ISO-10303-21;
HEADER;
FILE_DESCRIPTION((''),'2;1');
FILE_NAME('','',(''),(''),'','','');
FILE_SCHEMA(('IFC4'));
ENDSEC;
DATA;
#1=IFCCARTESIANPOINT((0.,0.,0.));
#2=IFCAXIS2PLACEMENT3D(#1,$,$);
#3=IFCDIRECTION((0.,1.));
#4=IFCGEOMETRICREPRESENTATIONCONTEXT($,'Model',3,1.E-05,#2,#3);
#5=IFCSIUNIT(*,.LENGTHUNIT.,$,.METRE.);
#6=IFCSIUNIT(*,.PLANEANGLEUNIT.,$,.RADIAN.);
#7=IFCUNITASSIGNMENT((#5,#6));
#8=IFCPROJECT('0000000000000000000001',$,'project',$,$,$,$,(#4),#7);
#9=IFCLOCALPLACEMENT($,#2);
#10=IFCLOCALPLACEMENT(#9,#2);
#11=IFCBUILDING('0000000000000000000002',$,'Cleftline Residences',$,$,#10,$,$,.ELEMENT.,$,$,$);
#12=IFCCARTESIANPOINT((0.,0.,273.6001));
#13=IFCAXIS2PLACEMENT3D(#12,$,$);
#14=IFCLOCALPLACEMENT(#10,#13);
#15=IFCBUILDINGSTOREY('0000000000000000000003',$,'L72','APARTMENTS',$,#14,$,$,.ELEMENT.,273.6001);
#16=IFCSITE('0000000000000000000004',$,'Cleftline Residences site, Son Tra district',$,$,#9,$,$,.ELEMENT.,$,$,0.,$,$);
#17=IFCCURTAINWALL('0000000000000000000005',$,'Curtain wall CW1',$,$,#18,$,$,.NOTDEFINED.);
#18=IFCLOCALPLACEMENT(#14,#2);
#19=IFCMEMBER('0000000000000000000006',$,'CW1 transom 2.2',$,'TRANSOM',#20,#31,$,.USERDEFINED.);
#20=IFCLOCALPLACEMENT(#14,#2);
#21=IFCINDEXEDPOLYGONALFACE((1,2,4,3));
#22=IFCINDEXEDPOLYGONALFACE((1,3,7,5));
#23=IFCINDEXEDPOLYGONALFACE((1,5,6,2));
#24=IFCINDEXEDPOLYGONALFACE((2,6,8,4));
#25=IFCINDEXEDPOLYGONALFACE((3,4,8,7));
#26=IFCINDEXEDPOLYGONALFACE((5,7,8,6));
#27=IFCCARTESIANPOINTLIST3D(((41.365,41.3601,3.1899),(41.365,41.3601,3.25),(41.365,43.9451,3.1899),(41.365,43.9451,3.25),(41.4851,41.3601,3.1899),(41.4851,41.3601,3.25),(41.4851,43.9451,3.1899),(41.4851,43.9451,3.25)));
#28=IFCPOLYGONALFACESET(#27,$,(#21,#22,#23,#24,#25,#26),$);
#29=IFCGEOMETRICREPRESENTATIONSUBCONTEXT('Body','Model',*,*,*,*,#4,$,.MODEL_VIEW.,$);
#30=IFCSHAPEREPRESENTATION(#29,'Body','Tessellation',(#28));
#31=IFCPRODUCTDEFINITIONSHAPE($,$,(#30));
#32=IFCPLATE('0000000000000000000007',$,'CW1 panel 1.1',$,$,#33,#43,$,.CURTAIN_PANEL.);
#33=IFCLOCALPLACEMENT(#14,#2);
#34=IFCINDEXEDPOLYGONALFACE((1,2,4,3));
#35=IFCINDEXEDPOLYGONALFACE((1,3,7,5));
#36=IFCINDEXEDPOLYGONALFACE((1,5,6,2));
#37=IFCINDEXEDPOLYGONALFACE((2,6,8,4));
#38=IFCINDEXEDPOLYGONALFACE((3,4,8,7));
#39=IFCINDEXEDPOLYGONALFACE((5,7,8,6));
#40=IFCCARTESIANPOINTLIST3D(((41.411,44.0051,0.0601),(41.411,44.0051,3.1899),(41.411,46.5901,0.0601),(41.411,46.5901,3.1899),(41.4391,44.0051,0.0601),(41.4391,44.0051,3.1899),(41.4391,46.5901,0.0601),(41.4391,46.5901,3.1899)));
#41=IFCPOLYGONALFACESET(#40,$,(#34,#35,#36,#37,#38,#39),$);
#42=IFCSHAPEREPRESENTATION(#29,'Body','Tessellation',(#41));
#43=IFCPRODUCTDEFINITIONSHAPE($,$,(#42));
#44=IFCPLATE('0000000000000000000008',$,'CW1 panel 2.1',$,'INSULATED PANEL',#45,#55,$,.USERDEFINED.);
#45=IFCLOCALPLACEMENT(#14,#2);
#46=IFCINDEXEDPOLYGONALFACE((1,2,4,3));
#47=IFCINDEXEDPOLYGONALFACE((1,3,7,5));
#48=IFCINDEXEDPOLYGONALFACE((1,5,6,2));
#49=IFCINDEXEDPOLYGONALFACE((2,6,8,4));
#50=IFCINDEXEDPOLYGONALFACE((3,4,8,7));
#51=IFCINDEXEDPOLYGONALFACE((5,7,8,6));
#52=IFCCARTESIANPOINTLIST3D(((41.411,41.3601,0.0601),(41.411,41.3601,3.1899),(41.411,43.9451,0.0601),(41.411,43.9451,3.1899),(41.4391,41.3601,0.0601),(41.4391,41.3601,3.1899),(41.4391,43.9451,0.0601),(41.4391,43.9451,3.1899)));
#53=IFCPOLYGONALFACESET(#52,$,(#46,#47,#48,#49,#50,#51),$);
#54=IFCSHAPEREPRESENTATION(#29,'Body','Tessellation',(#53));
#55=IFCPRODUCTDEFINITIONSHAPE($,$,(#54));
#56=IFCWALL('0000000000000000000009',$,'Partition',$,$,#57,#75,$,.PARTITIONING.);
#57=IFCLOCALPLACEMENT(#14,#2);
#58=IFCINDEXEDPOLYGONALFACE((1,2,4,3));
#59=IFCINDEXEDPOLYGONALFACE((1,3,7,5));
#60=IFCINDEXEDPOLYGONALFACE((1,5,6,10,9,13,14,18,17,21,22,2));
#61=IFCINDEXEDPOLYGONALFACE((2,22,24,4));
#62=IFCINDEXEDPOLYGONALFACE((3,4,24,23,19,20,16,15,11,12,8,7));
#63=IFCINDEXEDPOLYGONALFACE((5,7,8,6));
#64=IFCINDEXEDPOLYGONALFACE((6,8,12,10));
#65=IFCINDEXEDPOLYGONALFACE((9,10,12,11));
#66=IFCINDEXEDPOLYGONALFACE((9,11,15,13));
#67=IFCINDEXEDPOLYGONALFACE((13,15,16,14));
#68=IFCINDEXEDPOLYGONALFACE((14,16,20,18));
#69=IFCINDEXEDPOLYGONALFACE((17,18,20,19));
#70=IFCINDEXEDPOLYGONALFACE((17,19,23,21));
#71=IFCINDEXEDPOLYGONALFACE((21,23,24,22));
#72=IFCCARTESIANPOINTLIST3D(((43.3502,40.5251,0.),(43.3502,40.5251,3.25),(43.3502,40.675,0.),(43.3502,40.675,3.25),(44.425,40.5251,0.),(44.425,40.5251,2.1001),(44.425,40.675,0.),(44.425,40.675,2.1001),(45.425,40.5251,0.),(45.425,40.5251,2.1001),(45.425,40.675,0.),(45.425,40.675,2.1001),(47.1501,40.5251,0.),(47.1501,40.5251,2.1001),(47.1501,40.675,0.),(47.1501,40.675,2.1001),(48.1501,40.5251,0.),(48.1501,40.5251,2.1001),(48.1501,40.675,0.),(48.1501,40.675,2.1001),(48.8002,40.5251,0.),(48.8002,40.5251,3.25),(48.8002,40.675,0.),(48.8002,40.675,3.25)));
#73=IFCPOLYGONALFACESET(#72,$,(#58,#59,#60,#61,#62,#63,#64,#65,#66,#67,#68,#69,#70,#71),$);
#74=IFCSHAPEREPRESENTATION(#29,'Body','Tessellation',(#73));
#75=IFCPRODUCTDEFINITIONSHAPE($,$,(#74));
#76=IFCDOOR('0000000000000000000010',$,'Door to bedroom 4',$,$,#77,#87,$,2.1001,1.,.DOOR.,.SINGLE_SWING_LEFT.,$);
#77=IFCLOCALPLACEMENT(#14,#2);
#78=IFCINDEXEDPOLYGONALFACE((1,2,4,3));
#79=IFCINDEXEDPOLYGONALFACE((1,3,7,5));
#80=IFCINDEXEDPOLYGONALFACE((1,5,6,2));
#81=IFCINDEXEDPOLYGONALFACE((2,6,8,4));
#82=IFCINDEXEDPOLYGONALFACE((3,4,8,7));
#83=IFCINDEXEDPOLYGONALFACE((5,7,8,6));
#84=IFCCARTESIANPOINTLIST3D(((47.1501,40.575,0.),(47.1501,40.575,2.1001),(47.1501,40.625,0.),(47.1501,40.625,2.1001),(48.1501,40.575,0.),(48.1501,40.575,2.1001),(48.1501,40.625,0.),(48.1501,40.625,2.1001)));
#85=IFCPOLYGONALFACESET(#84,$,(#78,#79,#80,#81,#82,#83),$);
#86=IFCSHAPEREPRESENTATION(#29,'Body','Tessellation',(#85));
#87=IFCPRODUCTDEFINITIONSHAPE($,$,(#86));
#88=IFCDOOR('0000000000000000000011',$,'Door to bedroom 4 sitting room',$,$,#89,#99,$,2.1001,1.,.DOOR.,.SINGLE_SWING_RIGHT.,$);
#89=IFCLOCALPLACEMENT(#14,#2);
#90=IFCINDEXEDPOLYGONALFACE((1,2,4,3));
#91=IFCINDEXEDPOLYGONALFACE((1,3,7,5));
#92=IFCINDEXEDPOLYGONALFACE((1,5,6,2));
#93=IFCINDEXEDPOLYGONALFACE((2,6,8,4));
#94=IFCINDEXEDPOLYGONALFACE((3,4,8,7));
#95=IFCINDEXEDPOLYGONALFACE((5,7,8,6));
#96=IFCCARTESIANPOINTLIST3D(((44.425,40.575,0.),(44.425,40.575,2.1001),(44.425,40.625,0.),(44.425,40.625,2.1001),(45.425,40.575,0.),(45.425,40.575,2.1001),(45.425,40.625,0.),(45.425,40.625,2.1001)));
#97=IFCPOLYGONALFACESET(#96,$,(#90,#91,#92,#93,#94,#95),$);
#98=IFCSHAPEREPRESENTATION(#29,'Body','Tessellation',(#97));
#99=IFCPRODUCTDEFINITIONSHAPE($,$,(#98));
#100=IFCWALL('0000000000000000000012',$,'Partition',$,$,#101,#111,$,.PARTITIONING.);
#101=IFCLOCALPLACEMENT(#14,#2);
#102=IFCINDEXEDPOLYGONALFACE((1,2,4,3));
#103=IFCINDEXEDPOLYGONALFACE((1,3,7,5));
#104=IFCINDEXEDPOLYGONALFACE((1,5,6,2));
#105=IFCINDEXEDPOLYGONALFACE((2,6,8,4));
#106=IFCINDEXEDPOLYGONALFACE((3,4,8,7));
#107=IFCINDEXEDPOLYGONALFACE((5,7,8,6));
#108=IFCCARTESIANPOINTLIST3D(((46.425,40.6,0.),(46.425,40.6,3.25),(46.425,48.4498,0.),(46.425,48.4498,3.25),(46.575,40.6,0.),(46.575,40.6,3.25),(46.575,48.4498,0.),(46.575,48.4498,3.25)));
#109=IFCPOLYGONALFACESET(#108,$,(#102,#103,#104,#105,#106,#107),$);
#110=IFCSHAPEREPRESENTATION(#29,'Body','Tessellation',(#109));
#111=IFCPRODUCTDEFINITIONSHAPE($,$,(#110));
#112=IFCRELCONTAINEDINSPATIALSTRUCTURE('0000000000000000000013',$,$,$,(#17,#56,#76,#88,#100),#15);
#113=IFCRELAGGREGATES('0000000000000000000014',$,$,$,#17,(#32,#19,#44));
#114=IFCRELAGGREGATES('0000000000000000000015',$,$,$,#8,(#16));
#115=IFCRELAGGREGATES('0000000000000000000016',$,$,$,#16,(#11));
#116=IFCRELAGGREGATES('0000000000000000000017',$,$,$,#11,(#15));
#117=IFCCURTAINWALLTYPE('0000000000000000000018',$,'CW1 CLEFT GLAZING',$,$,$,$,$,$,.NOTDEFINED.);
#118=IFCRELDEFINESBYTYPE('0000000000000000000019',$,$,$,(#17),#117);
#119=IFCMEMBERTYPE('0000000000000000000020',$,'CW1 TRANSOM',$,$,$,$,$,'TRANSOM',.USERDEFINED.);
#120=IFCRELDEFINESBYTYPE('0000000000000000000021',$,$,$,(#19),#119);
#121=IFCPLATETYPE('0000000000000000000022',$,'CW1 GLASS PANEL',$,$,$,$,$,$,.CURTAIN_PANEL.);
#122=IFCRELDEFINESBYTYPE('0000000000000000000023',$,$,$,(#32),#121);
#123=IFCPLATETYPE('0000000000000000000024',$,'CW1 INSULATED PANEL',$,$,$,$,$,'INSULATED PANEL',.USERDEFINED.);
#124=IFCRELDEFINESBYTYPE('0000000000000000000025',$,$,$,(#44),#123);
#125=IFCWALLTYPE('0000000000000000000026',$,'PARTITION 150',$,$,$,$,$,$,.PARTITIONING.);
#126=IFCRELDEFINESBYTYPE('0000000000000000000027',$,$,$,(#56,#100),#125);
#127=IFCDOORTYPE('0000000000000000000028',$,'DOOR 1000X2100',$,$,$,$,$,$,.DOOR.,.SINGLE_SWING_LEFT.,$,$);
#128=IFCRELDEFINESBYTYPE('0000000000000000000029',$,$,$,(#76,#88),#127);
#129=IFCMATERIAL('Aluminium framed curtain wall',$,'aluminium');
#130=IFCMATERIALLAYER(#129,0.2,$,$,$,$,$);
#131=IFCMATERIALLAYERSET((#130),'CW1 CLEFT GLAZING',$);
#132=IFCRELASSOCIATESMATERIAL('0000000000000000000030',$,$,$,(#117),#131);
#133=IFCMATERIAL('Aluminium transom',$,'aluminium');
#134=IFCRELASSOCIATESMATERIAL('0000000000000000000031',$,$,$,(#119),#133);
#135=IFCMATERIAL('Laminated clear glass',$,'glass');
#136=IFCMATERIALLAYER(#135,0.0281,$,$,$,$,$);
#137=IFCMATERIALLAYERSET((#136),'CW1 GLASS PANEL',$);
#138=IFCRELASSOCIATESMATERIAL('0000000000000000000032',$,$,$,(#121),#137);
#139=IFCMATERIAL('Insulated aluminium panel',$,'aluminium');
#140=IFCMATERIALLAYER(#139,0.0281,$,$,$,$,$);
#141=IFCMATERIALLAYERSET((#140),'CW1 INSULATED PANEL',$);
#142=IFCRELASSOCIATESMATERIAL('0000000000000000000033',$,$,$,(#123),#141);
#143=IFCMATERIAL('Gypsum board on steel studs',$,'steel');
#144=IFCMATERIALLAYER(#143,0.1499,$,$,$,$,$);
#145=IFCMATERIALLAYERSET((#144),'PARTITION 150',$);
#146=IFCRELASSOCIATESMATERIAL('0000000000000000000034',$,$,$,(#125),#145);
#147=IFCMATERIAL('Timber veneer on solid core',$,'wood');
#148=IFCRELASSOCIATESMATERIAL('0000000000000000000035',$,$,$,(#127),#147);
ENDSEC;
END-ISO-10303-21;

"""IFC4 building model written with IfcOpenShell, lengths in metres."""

from ifc_helpers import new_model, si_unit, direction, frame, frame_2d, origin, origin_2d, place, context, subcontext, project, spatial, rectangle, extrude, material, layer, layer_set, material_profile, profile_set, type_object, element, fill, aggregate, save


model = new_model("IFC4")

# Units and contexts
model_context = context("Model", 3, precision=1e-05, world=origin(), true_north=direction((0.0, 1.0)))
body_context = subcontext(model_context, "Body", "Model", "MODEL_VIEW")
ifc_project = project(units=[si_unit("LENGTHUNIT", "METRE"), si_unit("PLANEANGLEUNIT", "RADIAN")], contexts=[model_context])

# Site, building, storey
site_placement = place(None, origin())
site = spatial("IfcSite", under=ifc_project, at=site_placement, Name="Cleftline Residences site, Son Tra district", CompositionType="ELEMENT", RefElevation=0.0)
building_placement = place(site_placement, origin())
building = spatial("IfcBuilding", under=site, at=building_placement, Name="Cleftline Residences", CompositionType="ELEMENT")
storey_placement = place(building_placement, frame((0.0, 0.0, 273.6001)))
storey = spatial("IfcBuildingStorey", under=building, at=storey_placement, Name="L72", Description="APARTMENTS", CompositionType="ELEMENT", Elevation=273.6001)

# Curtain wall, member, plates
ifc_material_1 = material(Name="Aluminium framed curtain wall", Category="aluminium")
ifc_layer_1 = layer(ifc_material_1, 0.2)
ifc_layer_set_1 = layer_set([ifc_layer_1], Name="CW1 CLEFT GLAZING")
curtain_wall_type = type_object("IfcCurtainWallType", Name="CW1 CLEFT GLAZING", PredefinedType="NOTDEFINED", material=ifc_layer_set_1)
curtain_wall_placement = place(storey_placement, origin())
curtain_wall = element("IfcCurtainWall", 1, at=curtain_wall_placement, inside=storey, type_object=curtain_wall_type, Name="Curtain wall CW1", PredefinedType="NOTDEFINED")
ifc_material_2 = material(Name="Aluminium transom", Category="aluminium")
ifc_material_profile_1 = material_profile(ifc_material_2, rectangle(XDim=0.1201, YDim=0.0601, at=origin_2d()))
ifc_profile_set_1 = profile_set([ifc_material_profile_1], Name="Aluminium transom")
member_type_1 = type_object("IfcMemberType", Name="CW1 TRANSOM", ElementType="TRANSOM", PredefinedType="USERDEFINED", material=ifc_profile_set_1)
member_1_placement = place(storey_placement, frame((41.425, 43.9451, 3.22), z_axis=(0.0, -1.0, 0.0), x_axis=(1.0, 0.0, 0.0)))
member_1 = element("IfcMember", 2, at=member_1_placement, type_object=member_type_1, Name="CW1 transom 2.2", ObjectType="TRANSOM", PredefinedType="USERDEFINED", context=body_context, shape_type="SweptSolid", body=[
    extrude(rectangle(XDim=0.1201, YDim=0.0601, at=origin_2d()), origin(), (0.0, 0.0, 1.0), 2.585),
])
ifc_material_3 = material(Name="Laminated clear glass", Category="glass")
ifc_layer_2 = layer(ifc_material_3, 0.0281)
ifc_layer_set_2 = layer_set([ifc_layer_2], Name="CW1 GLASS PANEL")
plate_type_1 = type_object("IfcPlateType", Name="CW1 GLASS PANEL", PredefinedType="CURTAIN_PANEL", material=ifc_layer_set_2)
plate_1_placement = place(storey_placement, frame((41.425, 45.2976, 0.0601), z_axis=(0.0, 0.0, 1.0), x_axis=(0.0, -1.0, 0.0)))
plate_1 = element("IfcPlate", 3, at=plate_1_placement, type_object=plate_type_1, Name="CW1 panel 1.1", PredefinedType="CURTAIN_PANEL", context=body_context, shape_type="SweptSolid", body=[
    extrude(rectangle(XDim=2.585, YDim=0.0281, at=origin_2d()), origin(), (0.0, 0.0, 1.0), 3.1299),
])
ifc_material_4 = material(Name="Insulated aluminium panel", Category="aluminium")
ifc_layer_3 = layer(ifc_material_4, 0.0281)
ifc_layer_set_3 = layer_set([ifc_layer_3], Name="CW1 INSULATED PANEL")
plate_type_2 = type_object("IfcPlateType", Name="CW1 INSULATED PANEL", ElementType="INSULATED PANEL", PredefinedType="USERDEFINED", material=ifc_layer_set_3)
plate_2_placement = place(storey_placement, frame((41.425, 42.6526, 0.0601), z_axis=(0.0, 0.0, 1.0), x_axis=(0.0, -1.0, 0.0)))
plate_2 = element("IfcPlate", 4, at=plate_2_placement, type_object=plate_type_2, Name="CW1 panel 2.1", ObjectType="INSULATED PANEL", PredefinedType="USERDEFINED", context=body_context, shape_type="SweptSolid", body=[
    extrude(rectangle(XDim=2.585, YDim=0.0281, at=origin_2d()), origin(), (0.0, 0.0, 1.0), 3.1299),
])
aggregate(curtain_wall, [plate_1, member_1, plate_2])

# Wall, openings, doors
ifc_material_5 = material(Name="Gypsum board on steel studs", Category="steel")
ifc_layer_4 = layer(ifc_material_5, 0.1499)
ifc_layer_set_4 = layer_set([ifc_layer_4], Name="PARTITION 150")
wall_type = type_object("IfcWallType", Name="PARTITION 150", PredefinedType="PARTITIONING", material=ifc_layer_set_4)
wall_1_placement = place(storey_placement, frame((43.3501, 40.6001, 0.0), z_axis=(0.0, 0.0, 1.0), x_axis=(1.0, 0.0, 0.0)))
wall_1 = element("IfcWall", 5, at=wall_1_placement, inside=storey, type_object=wall_type, Name="Partition", PredefinedType="PARTITIONING", context=body_context, shape_type="SweptSolid", body=[
    extrude(rectangle(XDim=5.45, YDim=0.1499, at=frame_2d((2.7251, 0.0))), origin(), (0.0, 0.0, 1.0), 3.25),
])
opening_1_placement = place(wall_1_placement, frame((3.8, 0.0, 0.0)))
opening_1 = element("IfcOpeningElement", 6, at=opening_1_placement, cuts=wall_1, PredefinedType="OPENING", context=body_context, shape_type="SweptSolid", body=[
    extrude(rectangle(XDim=1.0, YDim=2.1001, at=frame_2d((0.5, 1.05))), frame((0.0, 0.085, 0.0), z_axis=(0.0, -1.0, 0.0), x_axis=(1.0, 0.0, 0.0)), (0.0, 0.0, 1.0), 0.1699),
])
opening_2_placement = place(wall_1_placement, frame((1.075, 0.0, 0.0)))
opening_2 = element("IfcOpeningElement", 7, at=opening_2_placement, cuts=wall_1, PredefinedType="OPENING", context=body_context, shape_type="SweptSolid", body=[
    extrude(rectangle(XDim=1.0, YDim=2.1001, at=frame_2d((0.5, 1.05))), frame((0.0, 0.085, 0.0), z_axis=(0.0, -1.0, 0.0), x_axis=(1.0, 0.0, 0.0)), (0.0, 0.0, 1.0), 0.1699),
])
ifc_material_6 = material(Name="Timber veneer on solid core", Category="wood")
door_type = type_object("IfcDoorType", Name="DOOR 1000X2100", OperationType="SINGLE_SWING_LEFT", PredefinedType="DOOR", material=ifc_material_6)
door_1_placement = place(opening_1_placement, origin())
door_1 = element("IfcDoor", 8, at=door_1_placement, inside=storey, type_object=door_type, Name="Door to bedroom 4", OperationType="SINGLE_SWING_LEFT", OverallHeight=2.1001, OverallWidth=1.0, PredefinedType="DOOR", context=body_context, shape_type="SweptSolid", body=[
    extrude(rectangle(XDim=1.0, YDim=2.1001, at=frame_2d((0.5, 1.05))), frame((0.0, 0.0249, 0.0), z_axis=(0.0, -1.0, 0.0), x_axis=(1.0, 0.0, 0.0)), (0.0, 0.0, 1.0), 0.05),
])
fill(opening_1, door_1)
door_2_placement = place(opening_2_placement, origin())
door_2 = element("IfcDoor", 9, at=door_2_placement, inside=storey, type_object=door_type, Name="Door to bedroom 4 sitting room", OperationType="SINGLE_SWING_RIGHT", OverallHeight=2.1001, OverallWidth=1.0, PredefinedType="DOOR", context=body_context, shape_type="SweptSolid", body=[
    extrude(rectangle(XDim=1.0, YDim=2.1001, at=frame_2d((0.5, 1.05))), frame((0.0, 0.0249, 0.0), z_axis=(0.0, -1.0, 0.0), x_axis=(1.0, 0.0, 0.0)), (0.0, 0.0, 1.0), 0.05),
])
fill(opening_2, door_2)

# Wall
wall_2_placement = place(storey_placement, frame((46.5, 40.6001, 0.0), z_axis=(0.0, 0.0, 1.0), x_axis=(0.0, 1.0, 0.0)))
element("IfcWall", 10, at=wall_2_placement, inside=storey, type_object=wall_type, Name="Partition", PredefinedType="PARTITIONING", context=body_context, shape_type="SweptSolid", body=[
    extrude(rectangle(XDim=7.8499, YDim=0.1499, at=frame_2d((3.9248, 0.0))), origin(), (0.0, 0.0, 1.0), 3.25),
])

save(model, "model.ifc")
